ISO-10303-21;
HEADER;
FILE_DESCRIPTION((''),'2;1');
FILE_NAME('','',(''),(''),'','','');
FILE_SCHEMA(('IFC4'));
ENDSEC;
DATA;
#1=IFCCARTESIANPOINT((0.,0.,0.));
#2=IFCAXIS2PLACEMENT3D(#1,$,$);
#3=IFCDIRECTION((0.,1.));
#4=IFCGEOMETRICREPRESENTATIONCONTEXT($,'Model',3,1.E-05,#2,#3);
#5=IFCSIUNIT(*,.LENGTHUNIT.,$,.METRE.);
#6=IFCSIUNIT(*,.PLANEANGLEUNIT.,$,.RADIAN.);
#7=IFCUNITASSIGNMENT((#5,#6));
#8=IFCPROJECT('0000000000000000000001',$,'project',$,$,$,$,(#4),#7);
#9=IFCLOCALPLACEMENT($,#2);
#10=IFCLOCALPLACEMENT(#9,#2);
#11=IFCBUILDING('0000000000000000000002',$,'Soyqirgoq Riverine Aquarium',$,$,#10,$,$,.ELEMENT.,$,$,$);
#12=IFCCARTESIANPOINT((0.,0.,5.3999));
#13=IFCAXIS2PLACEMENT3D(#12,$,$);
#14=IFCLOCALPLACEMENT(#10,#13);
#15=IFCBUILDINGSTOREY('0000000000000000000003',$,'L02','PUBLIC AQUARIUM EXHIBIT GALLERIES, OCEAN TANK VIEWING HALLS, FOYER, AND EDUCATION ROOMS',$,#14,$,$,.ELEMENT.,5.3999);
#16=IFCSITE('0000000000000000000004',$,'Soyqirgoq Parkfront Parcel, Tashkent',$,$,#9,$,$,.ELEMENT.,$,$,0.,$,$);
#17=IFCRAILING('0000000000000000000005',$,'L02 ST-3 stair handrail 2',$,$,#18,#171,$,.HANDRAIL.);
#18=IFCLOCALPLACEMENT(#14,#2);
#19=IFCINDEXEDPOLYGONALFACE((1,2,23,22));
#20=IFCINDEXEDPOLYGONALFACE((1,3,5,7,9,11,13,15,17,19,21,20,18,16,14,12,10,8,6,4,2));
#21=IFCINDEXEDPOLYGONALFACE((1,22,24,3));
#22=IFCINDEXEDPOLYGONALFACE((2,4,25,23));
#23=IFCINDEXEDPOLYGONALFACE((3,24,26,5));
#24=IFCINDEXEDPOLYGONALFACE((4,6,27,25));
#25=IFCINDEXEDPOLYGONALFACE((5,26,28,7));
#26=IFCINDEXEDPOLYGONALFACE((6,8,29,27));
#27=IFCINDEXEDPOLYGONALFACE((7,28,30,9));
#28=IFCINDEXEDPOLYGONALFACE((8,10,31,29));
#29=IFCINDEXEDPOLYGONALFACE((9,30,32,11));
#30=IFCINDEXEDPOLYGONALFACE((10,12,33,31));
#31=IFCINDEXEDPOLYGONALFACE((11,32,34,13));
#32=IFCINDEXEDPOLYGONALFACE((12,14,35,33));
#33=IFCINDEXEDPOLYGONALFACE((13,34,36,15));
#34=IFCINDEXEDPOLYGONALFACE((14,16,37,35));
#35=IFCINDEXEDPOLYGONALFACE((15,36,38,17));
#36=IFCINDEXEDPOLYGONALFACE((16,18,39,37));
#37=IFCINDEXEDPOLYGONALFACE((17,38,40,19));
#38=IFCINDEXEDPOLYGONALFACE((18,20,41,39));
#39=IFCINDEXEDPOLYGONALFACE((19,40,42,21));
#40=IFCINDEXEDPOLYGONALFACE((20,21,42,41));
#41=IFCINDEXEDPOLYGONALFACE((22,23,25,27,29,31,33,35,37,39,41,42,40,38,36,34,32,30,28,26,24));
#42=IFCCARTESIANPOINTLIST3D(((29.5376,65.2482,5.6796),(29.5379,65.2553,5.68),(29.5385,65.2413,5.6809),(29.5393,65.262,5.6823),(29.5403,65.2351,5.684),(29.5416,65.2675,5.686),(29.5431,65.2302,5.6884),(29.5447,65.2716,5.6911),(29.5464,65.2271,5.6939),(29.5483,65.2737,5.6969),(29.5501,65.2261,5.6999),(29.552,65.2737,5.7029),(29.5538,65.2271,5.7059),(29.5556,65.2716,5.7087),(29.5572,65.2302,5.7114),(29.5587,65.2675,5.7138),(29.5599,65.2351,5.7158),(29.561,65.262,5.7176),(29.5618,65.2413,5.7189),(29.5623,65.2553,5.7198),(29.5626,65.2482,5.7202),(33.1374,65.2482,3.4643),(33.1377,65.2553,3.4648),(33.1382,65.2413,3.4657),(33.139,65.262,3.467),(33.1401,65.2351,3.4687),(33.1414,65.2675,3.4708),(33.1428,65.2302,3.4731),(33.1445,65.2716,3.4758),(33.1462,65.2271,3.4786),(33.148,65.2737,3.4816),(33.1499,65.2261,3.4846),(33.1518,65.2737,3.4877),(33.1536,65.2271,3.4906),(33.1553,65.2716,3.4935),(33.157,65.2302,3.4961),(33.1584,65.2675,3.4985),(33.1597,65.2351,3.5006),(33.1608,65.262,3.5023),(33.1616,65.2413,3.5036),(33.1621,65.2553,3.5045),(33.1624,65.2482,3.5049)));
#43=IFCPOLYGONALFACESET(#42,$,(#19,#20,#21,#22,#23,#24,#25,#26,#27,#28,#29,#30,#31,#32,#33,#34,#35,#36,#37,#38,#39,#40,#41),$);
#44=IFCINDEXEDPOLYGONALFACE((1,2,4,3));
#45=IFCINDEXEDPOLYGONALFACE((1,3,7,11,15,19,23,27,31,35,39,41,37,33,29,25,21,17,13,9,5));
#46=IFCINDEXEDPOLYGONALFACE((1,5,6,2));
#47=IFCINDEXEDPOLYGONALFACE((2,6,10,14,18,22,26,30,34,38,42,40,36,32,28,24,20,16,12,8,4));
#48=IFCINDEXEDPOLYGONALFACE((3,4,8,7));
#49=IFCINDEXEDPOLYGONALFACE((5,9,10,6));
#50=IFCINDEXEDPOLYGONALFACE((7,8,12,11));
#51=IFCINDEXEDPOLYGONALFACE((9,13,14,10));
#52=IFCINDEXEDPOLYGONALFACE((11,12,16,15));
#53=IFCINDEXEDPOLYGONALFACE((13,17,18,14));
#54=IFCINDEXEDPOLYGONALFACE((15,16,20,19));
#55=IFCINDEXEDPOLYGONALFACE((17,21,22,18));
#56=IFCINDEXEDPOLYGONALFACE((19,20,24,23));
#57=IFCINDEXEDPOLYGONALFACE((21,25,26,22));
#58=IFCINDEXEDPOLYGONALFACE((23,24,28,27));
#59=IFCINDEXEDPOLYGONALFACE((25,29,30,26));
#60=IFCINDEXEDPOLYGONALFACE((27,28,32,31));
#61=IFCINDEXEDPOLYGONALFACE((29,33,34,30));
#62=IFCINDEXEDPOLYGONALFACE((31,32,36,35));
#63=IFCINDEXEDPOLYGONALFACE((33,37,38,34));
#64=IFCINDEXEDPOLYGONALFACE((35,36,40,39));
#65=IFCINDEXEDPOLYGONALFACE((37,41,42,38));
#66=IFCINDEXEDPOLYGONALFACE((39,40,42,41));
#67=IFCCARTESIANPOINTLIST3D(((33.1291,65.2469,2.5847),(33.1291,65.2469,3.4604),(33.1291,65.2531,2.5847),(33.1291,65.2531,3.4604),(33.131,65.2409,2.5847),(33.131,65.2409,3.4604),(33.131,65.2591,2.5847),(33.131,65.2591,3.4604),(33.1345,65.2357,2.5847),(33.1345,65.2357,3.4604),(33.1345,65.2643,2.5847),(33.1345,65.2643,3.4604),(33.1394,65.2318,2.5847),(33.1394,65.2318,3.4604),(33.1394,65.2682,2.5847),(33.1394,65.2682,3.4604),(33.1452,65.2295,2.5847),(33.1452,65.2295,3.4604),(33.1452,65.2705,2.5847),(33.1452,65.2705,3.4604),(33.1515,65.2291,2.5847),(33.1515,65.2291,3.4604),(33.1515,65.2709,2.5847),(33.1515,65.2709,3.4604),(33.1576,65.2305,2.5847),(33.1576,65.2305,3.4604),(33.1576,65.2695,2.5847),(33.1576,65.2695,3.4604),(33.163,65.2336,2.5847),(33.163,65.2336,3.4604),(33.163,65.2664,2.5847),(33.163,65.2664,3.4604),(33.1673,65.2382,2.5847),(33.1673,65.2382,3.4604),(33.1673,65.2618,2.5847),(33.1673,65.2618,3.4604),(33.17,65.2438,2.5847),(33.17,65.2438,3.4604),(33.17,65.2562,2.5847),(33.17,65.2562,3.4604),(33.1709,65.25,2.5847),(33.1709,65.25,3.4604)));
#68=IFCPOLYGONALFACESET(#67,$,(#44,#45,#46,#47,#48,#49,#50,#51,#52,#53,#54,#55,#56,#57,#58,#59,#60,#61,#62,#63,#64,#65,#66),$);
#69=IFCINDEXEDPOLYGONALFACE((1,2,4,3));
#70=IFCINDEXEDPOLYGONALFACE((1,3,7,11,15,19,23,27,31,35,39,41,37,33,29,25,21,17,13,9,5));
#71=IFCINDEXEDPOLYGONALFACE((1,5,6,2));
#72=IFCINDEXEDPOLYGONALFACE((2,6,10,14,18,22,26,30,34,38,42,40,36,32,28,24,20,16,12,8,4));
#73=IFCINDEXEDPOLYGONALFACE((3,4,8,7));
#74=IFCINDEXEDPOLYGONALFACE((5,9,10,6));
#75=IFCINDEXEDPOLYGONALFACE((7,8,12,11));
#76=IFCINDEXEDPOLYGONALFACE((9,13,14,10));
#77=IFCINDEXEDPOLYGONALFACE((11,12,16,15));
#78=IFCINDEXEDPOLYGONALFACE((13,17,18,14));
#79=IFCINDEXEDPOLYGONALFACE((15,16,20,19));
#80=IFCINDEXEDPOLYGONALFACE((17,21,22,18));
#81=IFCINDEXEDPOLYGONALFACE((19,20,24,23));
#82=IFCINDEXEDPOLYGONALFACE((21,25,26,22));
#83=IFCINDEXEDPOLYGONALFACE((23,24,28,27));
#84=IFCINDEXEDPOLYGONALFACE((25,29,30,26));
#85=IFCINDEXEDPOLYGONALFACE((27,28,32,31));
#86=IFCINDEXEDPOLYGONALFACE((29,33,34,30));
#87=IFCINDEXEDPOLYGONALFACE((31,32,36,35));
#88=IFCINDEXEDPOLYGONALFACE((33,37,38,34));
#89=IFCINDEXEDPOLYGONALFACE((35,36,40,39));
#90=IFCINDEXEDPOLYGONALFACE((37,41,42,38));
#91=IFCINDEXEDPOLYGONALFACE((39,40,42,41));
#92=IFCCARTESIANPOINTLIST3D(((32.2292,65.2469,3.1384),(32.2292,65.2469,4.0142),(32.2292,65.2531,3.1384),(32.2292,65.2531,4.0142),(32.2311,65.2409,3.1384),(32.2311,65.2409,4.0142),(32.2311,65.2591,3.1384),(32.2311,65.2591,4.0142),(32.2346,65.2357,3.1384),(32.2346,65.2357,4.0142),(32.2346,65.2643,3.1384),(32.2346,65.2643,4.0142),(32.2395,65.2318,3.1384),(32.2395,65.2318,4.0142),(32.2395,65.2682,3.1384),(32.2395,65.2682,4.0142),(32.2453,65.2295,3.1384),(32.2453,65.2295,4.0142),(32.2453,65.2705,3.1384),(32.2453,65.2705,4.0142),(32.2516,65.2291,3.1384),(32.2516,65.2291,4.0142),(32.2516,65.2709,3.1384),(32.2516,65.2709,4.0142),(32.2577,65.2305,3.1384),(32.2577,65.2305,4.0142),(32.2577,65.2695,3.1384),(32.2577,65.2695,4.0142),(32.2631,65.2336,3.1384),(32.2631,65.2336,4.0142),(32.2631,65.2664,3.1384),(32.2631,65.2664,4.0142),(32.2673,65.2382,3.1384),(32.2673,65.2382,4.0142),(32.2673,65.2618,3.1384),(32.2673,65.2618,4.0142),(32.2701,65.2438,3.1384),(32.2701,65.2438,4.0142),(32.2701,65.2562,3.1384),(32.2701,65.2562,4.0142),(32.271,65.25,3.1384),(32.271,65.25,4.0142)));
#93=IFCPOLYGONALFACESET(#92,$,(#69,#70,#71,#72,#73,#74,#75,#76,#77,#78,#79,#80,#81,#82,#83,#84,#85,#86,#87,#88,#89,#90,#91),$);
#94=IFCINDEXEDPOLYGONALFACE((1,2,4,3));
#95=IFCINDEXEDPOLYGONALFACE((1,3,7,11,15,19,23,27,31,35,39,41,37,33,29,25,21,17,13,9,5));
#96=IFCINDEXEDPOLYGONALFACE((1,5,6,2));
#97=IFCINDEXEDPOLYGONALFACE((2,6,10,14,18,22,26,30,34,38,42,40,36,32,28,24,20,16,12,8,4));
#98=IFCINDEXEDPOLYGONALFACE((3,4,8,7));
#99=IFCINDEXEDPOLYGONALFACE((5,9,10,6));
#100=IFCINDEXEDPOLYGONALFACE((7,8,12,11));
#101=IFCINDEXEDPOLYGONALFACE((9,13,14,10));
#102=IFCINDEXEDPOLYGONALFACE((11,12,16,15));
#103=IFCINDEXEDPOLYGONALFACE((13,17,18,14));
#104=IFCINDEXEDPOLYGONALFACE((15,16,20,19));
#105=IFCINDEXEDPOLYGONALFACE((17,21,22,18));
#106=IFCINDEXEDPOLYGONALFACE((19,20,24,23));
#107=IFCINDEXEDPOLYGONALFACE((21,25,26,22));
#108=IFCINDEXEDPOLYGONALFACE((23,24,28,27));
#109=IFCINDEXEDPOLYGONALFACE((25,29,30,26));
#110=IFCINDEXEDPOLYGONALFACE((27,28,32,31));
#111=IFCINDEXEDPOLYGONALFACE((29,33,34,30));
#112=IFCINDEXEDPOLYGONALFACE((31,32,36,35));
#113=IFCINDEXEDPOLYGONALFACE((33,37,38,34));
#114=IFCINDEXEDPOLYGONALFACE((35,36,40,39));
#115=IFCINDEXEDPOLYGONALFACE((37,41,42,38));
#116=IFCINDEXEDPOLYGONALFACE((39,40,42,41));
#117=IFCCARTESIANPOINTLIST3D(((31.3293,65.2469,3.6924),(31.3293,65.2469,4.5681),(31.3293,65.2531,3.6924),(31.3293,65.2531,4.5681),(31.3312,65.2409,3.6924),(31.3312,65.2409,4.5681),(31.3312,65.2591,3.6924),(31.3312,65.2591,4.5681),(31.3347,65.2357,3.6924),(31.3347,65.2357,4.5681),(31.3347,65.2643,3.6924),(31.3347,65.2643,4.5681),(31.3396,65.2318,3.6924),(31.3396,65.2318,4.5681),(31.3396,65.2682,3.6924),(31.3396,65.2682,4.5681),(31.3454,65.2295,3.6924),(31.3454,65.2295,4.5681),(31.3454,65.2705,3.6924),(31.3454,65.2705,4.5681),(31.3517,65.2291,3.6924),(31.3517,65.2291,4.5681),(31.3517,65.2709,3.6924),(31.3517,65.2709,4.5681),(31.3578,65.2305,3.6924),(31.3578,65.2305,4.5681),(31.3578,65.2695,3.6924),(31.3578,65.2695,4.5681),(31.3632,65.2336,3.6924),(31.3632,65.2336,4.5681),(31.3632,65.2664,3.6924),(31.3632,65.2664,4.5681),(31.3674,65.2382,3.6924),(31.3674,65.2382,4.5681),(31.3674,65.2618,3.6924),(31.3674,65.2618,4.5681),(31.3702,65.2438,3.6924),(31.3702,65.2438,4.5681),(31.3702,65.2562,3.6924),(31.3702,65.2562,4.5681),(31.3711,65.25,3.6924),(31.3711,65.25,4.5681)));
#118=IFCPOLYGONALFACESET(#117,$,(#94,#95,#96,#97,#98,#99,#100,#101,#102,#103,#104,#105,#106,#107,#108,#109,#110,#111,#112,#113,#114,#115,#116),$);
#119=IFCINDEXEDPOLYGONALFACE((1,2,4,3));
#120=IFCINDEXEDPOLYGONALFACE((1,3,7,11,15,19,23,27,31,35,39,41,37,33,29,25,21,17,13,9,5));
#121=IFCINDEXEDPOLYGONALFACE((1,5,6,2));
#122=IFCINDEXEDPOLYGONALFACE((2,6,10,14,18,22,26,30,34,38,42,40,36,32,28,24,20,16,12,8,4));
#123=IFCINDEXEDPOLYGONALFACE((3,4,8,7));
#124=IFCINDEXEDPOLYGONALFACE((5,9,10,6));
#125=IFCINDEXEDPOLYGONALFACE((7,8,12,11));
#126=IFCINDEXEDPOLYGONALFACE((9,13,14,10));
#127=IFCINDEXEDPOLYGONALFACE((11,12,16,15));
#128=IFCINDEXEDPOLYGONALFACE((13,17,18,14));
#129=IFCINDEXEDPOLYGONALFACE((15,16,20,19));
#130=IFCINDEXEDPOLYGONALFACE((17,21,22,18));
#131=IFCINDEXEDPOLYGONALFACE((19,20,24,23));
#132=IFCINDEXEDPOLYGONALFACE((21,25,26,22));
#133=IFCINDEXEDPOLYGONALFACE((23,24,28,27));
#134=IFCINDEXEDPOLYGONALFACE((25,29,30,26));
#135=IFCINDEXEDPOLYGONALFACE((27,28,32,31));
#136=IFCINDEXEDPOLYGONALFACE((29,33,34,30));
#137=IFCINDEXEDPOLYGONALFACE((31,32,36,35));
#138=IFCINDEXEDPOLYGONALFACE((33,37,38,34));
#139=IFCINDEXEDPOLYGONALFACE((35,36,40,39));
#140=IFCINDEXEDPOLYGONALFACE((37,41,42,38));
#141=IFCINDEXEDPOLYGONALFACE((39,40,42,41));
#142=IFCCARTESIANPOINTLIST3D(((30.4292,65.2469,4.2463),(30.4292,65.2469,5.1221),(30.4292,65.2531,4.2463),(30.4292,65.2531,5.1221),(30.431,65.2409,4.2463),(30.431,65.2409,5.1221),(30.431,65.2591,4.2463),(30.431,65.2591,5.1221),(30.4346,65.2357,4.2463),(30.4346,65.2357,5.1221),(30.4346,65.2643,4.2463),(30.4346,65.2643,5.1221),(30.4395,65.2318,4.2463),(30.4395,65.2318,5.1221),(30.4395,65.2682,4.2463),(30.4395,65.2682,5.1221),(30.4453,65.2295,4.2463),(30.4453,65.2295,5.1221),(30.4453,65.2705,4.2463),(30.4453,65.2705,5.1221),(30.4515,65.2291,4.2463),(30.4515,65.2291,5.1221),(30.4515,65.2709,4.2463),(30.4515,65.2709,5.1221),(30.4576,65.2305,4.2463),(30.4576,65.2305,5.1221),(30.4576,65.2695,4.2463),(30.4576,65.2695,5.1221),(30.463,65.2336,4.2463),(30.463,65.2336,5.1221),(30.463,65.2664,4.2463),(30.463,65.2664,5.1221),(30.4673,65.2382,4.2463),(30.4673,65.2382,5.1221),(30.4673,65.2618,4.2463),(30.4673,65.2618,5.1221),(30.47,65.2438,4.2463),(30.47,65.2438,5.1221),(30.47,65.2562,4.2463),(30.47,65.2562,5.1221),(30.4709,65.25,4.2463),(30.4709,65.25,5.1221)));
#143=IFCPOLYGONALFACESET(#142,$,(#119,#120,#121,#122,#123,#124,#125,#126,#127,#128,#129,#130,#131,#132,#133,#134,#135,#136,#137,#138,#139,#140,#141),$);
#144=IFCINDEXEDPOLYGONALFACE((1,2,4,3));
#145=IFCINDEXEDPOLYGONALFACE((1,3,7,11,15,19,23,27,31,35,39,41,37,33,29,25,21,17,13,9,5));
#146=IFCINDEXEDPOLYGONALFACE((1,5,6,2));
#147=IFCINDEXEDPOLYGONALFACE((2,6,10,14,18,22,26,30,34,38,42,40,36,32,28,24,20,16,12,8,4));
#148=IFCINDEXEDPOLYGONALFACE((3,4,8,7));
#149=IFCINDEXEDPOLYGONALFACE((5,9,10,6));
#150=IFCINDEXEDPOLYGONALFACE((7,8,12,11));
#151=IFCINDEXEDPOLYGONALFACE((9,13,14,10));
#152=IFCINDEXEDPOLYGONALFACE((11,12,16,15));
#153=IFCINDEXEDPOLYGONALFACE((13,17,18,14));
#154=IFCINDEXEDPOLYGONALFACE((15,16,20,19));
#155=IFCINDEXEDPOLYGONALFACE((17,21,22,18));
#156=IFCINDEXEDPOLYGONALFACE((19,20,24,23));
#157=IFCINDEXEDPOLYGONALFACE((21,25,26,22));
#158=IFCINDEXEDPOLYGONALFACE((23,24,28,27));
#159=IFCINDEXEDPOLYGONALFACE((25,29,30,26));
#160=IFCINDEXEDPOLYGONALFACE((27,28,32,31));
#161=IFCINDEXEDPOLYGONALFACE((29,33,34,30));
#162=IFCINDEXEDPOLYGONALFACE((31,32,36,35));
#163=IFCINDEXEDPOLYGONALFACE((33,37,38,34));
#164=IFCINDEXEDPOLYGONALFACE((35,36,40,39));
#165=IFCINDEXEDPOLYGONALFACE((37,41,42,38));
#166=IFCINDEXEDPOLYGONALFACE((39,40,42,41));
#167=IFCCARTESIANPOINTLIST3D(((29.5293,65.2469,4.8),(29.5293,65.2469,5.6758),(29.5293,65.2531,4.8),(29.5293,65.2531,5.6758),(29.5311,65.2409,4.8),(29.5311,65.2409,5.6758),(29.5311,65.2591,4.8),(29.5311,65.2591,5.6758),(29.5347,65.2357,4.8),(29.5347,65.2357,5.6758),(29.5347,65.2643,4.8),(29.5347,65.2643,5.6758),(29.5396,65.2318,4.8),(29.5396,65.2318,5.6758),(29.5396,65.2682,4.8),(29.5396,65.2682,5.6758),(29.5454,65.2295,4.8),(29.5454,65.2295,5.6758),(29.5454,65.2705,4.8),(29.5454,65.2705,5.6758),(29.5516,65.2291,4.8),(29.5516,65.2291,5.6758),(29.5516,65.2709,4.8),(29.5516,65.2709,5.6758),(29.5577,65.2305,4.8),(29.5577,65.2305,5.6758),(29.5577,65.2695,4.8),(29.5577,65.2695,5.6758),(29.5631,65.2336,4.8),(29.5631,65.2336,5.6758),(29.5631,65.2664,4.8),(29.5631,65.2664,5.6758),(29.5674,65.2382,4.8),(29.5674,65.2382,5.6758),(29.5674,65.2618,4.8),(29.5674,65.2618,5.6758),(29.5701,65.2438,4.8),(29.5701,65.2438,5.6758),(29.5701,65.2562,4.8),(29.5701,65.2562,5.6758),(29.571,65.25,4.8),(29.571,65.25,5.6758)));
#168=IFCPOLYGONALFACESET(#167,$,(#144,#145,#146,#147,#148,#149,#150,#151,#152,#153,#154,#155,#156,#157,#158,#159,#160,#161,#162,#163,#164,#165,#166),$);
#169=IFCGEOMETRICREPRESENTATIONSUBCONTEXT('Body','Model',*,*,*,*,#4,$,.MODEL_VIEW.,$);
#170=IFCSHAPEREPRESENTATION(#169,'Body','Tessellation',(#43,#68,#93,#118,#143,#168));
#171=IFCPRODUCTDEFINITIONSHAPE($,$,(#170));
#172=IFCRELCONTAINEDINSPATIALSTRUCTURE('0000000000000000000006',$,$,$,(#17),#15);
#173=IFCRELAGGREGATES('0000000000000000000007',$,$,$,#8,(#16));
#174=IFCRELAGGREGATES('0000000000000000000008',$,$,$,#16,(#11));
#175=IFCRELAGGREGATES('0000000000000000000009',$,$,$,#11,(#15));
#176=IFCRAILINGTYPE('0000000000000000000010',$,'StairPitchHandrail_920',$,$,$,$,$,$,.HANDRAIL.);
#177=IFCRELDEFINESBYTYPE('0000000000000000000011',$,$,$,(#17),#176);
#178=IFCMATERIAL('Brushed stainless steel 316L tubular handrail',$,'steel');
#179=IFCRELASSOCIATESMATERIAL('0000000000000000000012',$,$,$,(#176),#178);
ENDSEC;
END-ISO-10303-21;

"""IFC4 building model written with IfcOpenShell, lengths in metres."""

from ifc_helpers import new_model, si_unit, direction, frame, origin, origin_2d, place, context, subcontext, project, spatial, circle, extrude, material, type_object, element, save


model = new_model("IFC4")

# Units and contexts
model_context = context("Model", 3, precision=1e-05, world=origin(), true_north=direction((0.0, 1.0)))
body_context = subcontext(model_context, "Body", "Model", "MODEL_VIEW")
ifc_project = project(units=[si_unit("LENGTHUNIT", "METRE"), si_unit("PLANEANGLEUNIT", "RADIAN")], contexts=[model_context])

# Site, building, storey
site_placement = place(None, origin())
site = spatial("IfcSite", under=ifc_project, at=site_placement, Name="Soyqirgoq Parkfront Parcel, Tashkent", CompositionType="ELEMENT", RefElevation=0.0)
building_placement = place(site_placement, origin())
building = spatial("IfcBuilding", under=site, at=building_placement, Name="Soyqirgoq Riverine Aquarium", CompositionType="ELEMENT")
storey_placement = place(building_placement, frame((0.0, 0.0, 5.3999)))
storey = spatial("IfcBuildingStorey", under=building, at=storey_placement, Name="L02", Description="PUBLIC AQUARIUM EXHIBIT GALLERIES, OCEAN TANK VIEWING HALLS, FOYER, AND EDUCATION ROOMS", CompositionType="ELEMENT", Elevation=5.3999)

# Railing
ifc_material_1 = material(Name="Brushed stainless steel 316L tubular handrail", Category="steel")
railing_type = type_object("IfcRailingType", Name="StairPitchHandrail_920", PredefinedType="HANDRAIL", material=ifc_material_1)
railing_placement = place(storey_placement, frame((33.1499, 65.25, 2.5847)))
element("IfcRailing", 1, at=railing_placement, inside=storey, type_object=railing_type, Name="L02 ST-3 stair handrail 2", PredefinedType="HANDRAIL", context=body_context, shape_type="SweptSolid", body=[
    extrude(circle(Radius=0.0239, at=origin_2d()), frame((0.0, 0.0, 0.8999), z_axis=(-0.851654, 0.0, 0.524104), x_axis=(0.0, -1.0, 0.0)), (0.0, 0.0, 1.0), 4.2268),
    extrude(circle(Radius=0.021, at=origin_2d()), origin(), (0.0, 0.0, 1.0), 0.8757),
    extrude(circle(Radius=0.021, at=origin_2d()), frame((-0.8999, 0.0, 0.5537)), (0.0, 0.0, 1.0), 0.8757),
    extrude(circle(Radius=0.021, at=origin_2d()), frame((-1.7998, 0.0, 1.1077)), (0.0, 0.0, 1.0), 0.8757),
    extrude(circle(Radius=0.021, at=origin_2d()), frame((-2.7, 0.0, 1.6616)), (0.0, 0.0, 1.0), 0.8757),
    extrude(circle(Radius=0.021, at=origin_2d()), frame((-3.5999, 0.0, 2.2153)), (0.0, 0.0, 1.0), 0.8757),
])

save(model, "model.ifc")
